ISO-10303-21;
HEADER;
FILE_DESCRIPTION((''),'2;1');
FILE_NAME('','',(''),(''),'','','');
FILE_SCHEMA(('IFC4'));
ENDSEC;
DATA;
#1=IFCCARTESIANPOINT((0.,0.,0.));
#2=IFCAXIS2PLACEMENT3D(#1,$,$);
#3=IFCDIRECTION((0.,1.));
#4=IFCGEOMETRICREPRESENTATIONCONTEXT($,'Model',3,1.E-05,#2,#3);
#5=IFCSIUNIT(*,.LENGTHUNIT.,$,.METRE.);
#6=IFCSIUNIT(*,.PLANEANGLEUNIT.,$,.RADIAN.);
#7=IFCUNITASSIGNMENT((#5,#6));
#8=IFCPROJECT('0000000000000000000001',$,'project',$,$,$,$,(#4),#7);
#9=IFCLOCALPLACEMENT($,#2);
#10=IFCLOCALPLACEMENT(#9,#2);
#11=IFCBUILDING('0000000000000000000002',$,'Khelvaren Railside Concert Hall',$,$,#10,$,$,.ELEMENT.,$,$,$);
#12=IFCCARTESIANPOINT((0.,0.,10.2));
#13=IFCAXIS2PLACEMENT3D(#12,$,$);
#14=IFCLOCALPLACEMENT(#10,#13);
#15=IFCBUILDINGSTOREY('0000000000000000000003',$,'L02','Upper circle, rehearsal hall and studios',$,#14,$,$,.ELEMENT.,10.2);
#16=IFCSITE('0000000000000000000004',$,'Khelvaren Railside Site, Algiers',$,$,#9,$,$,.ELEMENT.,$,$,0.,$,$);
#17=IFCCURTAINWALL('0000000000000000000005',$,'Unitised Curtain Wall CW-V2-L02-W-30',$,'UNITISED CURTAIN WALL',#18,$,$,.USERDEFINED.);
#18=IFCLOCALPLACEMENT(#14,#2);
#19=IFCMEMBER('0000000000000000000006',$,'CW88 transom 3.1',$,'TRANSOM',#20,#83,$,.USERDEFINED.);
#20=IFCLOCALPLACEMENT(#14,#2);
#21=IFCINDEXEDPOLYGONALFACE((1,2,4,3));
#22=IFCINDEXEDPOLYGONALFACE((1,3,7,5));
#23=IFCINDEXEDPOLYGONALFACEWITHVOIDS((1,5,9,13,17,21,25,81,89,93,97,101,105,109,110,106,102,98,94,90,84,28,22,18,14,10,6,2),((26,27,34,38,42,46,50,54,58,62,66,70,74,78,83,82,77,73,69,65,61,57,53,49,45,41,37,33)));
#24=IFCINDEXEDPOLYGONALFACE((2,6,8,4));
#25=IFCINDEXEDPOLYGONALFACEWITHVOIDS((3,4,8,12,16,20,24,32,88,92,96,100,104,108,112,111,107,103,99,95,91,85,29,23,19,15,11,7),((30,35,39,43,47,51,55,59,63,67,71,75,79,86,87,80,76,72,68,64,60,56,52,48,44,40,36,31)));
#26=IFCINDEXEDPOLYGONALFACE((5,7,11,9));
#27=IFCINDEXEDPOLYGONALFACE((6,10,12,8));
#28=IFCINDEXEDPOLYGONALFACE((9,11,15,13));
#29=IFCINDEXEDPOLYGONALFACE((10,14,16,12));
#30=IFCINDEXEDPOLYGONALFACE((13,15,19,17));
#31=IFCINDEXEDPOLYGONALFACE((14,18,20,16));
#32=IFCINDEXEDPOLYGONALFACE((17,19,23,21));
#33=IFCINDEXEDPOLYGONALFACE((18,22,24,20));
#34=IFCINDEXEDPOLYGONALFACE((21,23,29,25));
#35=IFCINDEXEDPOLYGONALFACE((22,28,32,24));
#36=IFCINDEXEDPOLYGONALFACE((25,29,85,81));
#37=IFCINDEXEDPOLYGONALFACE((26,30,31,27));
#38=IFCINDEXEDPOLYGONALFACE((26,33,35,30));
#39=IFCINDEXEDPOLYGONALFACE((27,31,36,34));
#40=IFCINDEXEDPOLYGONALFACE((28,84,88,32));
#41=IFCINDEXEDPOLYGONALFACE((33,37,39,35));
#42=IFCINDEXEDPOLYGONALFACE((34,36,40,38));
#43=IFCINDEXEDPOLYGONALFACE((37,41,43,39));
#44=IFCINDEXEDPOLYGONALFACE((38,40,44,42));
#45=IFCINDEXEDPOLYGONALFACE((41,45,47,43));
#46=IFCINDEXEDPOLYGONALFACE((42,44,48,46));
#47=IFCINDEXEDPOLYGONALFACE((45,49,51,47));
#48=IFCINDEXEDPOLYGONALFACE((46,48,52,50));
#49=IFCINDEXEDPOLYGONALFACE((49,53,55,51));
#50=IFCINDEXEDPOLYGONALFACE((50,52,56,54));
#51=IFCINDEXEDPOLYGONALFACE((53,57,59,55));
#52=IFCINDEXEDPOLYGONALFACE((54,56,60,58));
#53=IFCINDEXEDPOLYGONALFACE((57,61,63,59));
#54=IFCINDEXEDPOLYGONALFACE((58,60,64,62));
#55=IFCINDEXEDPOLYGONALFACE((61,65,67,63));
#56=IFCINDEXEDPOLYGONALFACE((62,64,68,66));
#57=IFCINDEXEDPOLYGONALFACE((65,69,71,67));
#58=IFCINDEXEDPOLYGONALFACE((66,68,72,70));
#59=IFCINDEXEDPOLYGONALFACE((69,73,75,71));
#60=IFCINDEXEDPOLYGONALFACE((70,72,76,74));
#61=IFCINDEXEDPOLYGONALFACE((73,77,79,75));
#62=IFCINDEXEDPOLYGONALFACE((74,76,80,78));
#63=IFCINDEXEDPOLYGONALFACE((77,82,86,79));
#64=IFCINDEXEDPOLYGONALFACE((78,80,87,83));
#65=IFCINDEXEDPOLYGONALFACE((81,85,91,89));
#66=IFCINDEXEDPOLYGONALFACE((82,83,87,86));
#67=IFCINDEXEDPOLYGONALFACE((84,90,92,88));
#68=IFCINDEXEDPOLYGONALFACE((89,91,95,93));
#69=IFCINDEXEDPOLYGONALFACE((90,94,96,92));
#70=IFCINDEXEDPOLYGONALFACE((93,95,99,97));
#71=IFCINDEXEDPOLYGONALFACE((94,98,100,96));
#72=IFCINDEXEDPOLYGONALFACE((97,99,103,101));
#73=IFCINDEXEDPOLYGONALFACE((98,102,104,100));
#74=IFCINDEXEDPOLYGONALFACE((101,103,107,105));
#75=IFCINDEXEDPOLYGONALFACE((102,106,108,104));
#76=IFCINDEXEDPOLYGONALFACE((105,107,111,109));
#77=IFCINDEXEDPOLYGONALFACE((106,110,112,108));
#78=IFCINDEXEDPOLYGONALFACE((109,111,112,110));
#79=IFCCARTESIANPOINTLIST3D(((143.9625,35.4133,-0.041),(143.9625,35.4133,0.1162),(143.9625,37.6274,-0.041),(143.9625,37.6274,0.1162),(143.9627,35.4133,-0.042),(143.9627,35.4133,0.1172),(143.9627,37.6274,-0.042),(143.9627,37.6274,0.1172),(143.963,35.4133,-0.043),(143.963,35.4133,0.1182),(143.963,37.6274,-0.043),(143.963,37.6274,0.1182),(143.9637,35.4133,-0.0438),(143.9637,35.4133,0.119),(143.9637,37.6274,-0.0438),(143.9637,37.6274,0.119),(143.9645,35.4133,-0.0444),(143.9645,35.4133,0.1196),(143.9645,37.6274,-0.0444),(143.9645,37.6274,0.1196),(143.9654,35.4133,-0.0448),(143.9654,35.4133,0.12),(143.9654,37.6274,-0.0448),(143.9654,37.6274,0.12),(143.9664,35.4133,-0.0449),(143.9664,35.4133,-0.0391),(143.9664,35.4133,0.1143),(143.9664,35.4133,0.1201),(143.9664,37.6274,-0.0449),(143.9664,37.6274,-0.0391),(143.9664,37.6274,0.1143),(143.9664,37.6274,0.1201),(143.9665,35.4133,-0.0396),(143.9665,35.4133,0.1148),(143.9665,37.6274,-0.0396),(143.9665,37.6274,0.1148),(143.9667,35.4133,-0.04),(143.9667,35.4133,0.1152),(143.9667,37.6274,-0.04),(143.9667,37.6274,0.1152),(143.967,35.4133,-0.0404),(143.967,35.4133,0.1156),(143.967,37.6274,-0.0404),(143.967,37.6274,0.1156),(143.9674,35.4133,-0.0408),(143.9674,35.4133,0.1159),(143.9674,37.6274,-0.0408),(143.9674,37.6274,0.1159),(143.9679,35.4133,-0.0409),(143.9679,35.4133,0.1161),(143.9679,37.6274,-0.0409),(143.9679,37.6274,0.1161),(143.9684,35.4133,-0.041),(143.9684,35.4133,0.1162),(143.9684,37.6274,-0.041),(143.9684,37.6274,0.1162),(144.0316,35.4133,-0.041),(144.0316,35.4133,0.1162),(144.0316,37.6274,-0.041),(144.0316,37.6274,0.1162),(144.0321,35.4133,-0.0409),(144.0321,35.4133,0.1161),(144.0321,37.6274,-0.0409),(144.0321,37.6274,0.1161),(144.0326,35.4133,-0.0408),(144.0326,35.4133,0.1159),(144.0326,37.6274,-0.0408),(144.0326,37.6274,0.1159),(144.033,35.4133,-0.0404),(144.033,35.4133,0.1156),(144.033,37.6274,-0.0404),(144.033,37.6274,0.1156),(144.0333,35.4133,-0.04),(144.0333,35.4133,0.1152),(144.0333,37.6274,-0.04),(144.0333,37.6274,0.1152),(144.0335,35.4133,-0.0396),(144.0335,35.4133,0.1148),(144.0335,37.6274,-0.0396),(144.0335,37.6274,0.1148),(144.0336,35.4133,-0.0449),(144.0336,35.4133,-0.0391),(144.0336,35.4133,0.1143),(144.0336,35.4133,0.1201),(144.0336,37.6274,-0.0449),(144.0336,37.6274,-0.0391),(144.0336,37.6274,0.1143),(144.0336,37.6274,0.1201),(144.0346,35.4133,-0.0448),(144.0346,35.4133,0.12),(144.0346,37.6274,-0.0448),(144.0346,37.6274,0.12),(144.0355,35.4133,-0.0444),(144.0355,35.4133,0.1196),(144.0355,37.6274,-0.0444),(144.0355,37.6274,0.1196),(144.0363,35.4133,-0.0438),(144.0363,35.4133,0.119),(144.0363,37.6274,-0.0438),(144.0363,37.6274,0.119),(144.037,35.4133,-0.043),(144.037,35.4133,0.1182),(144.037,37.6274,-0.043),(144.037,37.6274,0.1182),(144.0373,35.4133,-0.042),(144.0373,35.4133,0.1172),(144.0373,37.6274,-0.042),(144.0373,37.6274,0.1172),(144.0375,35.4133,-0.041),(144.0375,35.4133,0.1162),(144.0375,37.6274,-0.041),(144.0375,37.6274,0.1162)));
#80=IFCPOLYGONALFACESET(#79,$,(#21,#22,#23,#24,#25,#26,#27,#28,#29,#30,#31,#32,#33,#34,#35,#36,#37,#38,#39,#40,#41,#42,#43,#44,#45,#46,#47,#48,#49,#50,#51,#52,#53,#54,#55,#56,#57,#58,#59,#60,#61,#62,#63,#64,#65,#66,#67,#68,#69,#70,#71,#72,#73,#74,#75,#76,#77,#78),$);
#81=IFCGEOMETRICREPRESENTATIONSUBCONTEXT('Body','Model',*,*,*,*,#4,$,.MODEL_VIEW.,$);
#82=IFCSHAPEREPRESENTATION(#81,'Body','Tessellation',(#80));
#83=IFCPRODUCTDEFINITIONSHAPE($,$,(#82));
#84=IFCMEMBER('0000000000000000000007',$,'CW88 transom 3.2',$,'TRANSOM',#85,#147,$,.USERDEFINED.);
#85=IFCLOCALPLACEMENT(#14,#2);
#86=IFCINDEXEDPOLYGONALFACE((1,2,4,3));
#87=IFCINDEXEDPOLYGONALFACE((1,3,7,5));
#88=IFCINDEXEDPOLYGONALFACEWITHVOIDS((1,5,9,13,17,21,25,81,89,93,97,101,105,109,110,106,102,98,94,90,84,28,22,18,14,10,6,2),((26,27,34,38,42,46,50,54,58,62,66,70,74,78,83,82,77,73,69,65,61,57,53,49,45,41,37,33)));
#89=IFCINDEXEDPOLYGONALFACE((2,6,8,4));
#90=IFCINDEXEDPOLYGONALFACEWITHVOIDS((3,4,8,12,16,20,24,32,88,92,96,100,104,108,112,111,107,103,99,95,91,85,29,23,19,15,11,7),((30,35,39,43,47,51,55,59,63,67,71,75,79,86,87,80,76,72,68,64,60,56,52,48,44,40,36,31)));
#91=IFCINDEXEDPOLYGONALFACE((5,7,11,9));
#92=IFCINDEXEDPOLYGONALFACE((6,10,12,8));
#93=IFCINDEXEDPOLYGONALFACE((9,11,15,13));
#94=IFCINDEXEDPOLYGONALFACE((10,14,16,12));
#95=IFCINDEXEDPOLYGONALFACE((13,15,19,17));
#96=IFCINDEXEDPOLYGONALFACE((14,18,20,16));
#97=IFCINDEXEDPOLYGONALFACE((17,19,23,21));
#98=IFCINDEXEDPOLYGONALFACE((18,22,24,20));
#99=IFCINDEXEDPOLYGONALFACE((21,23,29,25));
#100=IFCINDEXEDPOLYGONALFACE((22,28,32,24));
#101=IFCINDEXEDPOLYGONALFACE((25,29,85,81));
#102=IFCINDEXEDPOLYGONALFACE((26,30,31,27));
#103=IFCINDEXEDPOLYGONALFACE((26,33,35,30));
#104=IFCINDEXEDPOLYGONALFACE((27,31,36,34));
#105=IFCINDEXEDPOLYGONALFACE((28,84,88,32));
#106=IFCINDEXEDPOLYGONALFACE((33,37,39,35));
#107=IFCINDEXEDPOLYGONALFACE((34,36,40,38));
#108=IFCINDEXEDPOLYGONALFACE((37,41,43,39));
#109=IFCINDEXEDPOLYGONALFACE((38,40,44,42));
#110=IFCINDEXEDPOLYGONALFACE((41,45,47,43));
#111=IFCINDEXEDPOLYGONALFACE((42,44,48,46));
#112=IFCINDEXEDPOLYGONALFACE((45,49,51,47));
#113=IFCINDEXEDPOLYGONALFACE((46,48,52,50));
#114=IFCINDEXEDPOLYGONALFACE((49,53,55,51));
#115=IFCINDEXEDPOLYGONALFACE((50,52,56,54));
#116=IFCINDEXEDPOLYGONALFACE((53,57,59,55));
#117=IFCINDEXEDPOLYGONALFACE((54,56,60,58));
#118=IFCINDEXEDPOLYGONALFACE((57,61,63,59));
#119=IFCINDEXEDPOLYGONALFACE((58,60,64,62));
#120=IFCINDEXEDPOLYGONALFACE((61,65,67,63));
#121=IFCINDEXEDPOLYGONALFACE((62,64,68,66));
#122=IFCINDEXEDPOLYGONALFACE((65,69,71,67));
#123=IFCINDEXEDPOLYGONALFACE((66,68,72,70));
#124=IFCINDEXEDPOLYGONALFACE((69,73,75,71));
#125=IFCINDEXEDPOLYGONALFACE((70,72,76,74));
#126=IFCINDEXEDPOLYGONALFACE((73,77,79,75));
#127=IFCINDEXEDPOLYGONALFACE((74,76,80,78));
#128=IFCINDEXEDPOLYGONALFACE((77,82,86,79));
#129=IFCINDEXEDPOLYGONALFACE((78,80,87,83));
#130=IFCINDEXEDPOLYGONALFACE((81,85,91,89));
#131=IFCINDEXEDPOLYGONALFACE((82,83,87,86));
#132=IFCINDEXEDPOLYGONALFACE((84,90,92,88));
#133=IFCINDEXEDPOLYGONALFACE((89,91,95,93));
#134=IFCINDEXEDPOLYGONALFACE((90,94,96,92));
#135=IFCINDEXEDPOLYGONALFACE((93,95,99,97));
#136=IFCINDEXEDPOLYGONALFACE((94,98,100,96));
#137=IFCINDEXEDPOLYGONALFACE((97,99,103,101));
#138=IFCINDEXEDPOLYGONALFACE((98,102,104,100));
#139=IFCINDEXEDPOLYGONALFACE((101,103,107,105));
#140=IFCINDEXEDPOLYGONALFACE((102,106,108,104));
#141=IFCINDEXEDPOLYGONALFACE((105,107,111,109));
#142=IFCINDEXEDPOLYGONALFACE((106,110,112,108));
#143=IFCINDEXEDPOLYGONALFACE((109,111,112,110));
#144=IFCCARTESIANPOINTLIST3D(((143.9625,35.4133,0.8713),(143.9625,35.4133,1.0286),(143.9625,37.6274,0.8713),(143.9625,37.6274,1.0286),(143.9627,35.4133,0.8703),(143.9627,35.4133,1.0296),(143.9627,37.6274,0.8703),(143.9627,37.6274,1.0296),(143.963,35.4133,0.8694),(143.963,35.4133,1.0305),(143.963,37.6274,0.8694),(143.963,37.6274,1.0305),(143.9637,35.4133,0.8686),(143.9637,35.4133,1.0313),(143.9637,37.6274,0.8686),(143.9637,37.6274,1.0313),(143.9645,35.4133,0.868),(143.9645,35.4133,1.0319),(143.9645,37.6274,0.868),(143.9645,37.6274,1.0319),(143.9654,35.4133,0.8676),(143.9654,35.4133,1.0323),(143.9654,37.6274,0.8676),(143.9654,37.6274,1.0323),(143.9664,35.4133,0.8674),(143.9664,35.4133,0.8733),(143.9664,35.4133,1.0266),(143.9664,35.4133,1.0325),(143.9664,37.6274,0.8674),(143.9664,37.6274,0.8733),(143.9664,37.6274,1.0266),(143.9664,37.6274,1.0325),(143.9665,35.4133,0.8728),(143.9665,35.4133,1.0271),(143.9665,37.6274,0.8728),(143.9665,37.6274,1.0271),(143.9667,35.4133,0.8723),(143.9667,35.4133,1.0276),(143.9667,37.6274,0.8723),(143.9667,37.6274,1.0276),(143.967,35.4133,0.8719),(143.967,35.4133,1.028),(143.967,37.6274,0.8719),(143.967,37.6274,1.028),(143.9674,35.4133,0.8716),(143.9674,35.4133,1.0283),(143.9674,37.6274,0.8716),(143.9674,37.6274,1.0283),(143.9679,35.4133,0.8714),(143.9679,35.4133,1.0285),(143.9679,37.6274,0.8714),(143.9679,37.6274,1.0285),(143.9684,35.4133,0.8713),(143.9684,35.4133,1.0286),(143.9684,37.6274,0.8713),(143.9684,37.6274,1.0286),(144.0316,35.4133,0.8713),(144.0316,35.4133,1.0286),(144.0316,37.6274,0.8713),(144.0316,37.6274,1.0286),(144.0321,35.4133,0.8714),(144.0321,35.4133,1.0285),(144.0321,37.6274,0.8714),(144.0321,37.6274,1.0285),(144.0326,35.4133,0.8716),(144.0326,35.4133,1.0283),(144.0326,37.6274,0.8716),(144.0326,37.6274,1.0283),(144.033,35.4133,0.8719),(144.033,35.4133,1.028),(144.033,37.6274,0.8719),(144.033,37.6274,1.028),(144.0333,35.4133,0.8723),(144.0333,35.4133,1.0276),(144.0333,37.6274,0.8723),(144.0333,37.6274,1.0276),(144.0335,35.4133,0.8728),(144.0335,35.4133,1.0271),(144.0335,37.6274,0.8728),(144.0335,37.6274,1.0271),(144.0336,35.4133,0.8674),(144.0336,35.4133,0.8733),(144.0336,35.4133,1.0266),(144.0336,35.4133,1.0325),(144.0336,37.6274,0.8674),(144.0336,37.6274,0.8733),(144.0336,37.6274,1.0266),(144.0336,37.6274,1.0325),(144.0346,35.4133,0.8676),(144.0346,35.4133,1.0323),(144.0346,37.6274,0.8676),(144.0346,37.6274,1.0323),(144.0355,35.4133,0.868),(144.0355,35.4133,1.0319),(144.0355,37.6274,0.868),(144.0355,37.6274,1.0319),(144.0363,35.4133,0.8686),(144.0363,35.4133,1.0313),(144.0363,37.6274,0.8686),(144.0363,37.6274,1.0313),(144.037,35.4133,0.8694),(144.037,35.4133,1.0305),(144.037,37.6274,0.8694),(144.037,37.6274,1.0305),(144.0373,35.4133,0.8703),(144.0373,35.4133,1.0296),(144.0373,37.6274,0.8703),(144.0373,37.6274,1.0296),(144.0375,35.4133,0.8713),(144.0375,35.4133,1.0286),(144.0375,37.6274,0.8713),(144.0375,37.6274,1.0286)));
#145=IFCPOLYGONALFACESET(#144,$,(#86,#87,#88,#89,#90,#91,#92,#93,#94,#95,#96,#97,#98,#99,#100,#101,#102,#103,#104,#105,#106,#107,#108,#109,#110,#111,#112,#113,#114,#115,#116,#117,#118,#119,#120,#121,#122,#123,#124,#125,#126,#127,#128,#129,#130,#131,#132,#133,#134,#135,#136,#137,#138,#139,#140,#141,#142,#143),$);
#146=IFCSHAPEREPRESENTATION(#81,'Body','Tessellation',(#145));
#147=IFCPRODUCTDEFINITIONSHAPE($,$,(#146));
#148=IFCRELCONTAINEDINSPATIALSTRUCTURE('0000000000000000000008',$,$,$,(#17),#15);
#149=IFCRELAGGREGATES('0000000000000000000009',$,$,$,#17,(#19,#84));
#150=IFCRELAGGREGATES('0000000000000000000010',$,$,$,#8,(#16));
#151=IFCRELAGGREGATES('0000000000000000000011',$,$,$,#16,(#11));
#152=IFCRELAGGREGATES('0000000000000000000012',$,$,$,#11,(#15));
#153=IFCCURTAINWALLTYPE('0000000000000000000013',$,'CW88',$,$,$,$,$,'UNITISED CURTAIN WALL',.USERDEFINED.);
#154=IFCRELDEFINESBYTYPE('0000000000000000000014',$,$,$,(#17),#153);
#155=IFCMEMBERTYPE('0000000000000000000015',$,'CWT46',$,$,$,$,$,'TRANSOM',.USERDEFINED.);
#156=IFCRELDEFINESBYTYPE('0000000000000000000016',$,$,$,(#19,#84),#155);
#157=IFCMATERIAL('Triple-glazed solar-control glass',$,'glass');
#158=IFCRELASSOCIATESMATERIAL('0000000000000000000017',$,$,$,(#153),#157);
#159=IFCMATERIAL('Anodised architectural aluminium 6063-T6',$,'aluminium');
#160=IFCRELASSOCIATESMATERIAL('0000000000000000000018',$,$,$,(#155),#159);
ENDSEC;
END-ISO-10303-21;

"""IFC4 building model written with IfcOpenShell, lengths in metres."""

from ifc_helpers import new_model, si_unit, direction, frame, origin, origin_2d, place, context, subcontext, project, spatial, hollow_rectangle, extrude, material, material_profile, profile_set, type_object, element, aggregate, save


model = new_model("IFC4")

# Units and contexts
model_context = context("Model", 3, precision=1e-05, world=origin(), true_north=direction((0.0, 1.0)))
body_context = subcontext(model_context, "Body", "Model", "MODEL_VIEW")
ifc_project = project(units=[si_unit("LENGTHUNIT", "METRE"), si_unit("PLANEANGLEUNIT", "RADIAN")], contexts=[model_context])

# Site, building, storey
site_placement = place(None, origin())
site = spatial("IfcSite", under=ifc_project, at=site_placement, Name="Khelvaren Railside Site, Algiers", CompositionType="ELEMENT", RefElevation=0.0)
building_placement = place(site_placement, origin())
building = spatial("IfcBuilding", under=site, at=building_placement, Name="Khelvaren Railside Concert Hall", CompositionType="ELEMENT")
storey_placement = place(building_placement, frame((0.0, 0.0, 10.2)))
storey = spatial("IfcBuildingStorey", under=building, at=storey_placement, Name="L02", Description="Upper circle, rehearsal hall and studios", CompositionType="ELEMENT", Elevation=10.2)

# Curtain wall
ifc_material_1 = material(Name="Triple-glazed solar-control glass", Category="glass")
curtain_wall_type_1 = type_object("IfcCurtainWallType", Name="CW88", ElementType="UNITISED CURTAIN WALL", PredefinedType="USERDEFINED", material=ifc_material_1)
curtain_wall_1_placement = place(storey_placement, origin())
curtain_wall_1 = element("IfcCurtainWall", 1, at=curtain_wall_1_placement, inside=storey, type_object=curtain_wall_type_1, Name="Unitised Curtain Wall CW-V2-L02-W-30", ObjectType="UNITISED CURTAIN WALL", PredefinedType="USERDEFINED")
ifc_material_2 = material(Name="Anodised architectural aluminium 6063-T6", Category="aluminium")

# Members
ifc_material_profile_1 = material_profile(ifc_material_2, hollow_rectangle(XDim=0.075, YDim=0.165, WallThickness=0.0039, InnerFilletRadius=0.002, OuterFilletRadius=0.0039, at=origin_2d()), Name="CWT 75x165x4")
ifc_profile_set_1 = profile_set([ifc_material_profile_1], Name="Anodised architectural aluminium 6063-T6")
member_type_1 = type_object("IfcMemberType", Name="CWT46", ElementType="TRANSOM", PredefinedType="USERDEFINED", material=ifc_profile_set_1)
member_1_placement = place(storey_placement, frame((144.0, 35.4133, 0.0376), z_axis=(0.0, 1.0, 0.0), x_axis=(-1.0, 0.0, 0.0)))
member_1 = element("IfcMember", 2, at=member_1_placement, type_object=member_type_1, Name="CW88 transom 3.1", ObjectType="TRANSOM", PredefinedType="USERDEFINED", context=body_context, shape_type="SweptSolid", body=[
    extrude(hollow_rectangle(XDim=0.075, YDim=0.165, WallThickness=0.0039, InnerFilletRadius=0.002, OuterFilletRadius=0.0039, at=origin_2d()), origin(), (0.0, 0.0, 1.0), 2.2141),
])
member_2_placement = place(storey_placement, frame((144.0, 35.4133, 0.95), z_axis=(0.0, 1.0, 0.0), x_axis=(-1.0, 0.0, 0.0)))
member_2 = element("IfcMember", 3, at=member_2_placement, type_object=member_type_1, Name="CW88 transom 3.2", ObjectType="TRANSOM", PredefinedType="USERDEFINED", context=body_context, shape_type="SweptSolid", body=[
    extrude(hollow_rectangle(XDim=0.075, YDim=0.165, WallThickness=0.0039, InnerFilletRadius=0.002, OuterFilletRadius=0.0039, at=origin_2d()), origin(), (0.0, 0.0, 1.0), 2.2141),
])

aggregate(curtain_wall_1, [member_1, member_2])

save(model, "model.ifc")
